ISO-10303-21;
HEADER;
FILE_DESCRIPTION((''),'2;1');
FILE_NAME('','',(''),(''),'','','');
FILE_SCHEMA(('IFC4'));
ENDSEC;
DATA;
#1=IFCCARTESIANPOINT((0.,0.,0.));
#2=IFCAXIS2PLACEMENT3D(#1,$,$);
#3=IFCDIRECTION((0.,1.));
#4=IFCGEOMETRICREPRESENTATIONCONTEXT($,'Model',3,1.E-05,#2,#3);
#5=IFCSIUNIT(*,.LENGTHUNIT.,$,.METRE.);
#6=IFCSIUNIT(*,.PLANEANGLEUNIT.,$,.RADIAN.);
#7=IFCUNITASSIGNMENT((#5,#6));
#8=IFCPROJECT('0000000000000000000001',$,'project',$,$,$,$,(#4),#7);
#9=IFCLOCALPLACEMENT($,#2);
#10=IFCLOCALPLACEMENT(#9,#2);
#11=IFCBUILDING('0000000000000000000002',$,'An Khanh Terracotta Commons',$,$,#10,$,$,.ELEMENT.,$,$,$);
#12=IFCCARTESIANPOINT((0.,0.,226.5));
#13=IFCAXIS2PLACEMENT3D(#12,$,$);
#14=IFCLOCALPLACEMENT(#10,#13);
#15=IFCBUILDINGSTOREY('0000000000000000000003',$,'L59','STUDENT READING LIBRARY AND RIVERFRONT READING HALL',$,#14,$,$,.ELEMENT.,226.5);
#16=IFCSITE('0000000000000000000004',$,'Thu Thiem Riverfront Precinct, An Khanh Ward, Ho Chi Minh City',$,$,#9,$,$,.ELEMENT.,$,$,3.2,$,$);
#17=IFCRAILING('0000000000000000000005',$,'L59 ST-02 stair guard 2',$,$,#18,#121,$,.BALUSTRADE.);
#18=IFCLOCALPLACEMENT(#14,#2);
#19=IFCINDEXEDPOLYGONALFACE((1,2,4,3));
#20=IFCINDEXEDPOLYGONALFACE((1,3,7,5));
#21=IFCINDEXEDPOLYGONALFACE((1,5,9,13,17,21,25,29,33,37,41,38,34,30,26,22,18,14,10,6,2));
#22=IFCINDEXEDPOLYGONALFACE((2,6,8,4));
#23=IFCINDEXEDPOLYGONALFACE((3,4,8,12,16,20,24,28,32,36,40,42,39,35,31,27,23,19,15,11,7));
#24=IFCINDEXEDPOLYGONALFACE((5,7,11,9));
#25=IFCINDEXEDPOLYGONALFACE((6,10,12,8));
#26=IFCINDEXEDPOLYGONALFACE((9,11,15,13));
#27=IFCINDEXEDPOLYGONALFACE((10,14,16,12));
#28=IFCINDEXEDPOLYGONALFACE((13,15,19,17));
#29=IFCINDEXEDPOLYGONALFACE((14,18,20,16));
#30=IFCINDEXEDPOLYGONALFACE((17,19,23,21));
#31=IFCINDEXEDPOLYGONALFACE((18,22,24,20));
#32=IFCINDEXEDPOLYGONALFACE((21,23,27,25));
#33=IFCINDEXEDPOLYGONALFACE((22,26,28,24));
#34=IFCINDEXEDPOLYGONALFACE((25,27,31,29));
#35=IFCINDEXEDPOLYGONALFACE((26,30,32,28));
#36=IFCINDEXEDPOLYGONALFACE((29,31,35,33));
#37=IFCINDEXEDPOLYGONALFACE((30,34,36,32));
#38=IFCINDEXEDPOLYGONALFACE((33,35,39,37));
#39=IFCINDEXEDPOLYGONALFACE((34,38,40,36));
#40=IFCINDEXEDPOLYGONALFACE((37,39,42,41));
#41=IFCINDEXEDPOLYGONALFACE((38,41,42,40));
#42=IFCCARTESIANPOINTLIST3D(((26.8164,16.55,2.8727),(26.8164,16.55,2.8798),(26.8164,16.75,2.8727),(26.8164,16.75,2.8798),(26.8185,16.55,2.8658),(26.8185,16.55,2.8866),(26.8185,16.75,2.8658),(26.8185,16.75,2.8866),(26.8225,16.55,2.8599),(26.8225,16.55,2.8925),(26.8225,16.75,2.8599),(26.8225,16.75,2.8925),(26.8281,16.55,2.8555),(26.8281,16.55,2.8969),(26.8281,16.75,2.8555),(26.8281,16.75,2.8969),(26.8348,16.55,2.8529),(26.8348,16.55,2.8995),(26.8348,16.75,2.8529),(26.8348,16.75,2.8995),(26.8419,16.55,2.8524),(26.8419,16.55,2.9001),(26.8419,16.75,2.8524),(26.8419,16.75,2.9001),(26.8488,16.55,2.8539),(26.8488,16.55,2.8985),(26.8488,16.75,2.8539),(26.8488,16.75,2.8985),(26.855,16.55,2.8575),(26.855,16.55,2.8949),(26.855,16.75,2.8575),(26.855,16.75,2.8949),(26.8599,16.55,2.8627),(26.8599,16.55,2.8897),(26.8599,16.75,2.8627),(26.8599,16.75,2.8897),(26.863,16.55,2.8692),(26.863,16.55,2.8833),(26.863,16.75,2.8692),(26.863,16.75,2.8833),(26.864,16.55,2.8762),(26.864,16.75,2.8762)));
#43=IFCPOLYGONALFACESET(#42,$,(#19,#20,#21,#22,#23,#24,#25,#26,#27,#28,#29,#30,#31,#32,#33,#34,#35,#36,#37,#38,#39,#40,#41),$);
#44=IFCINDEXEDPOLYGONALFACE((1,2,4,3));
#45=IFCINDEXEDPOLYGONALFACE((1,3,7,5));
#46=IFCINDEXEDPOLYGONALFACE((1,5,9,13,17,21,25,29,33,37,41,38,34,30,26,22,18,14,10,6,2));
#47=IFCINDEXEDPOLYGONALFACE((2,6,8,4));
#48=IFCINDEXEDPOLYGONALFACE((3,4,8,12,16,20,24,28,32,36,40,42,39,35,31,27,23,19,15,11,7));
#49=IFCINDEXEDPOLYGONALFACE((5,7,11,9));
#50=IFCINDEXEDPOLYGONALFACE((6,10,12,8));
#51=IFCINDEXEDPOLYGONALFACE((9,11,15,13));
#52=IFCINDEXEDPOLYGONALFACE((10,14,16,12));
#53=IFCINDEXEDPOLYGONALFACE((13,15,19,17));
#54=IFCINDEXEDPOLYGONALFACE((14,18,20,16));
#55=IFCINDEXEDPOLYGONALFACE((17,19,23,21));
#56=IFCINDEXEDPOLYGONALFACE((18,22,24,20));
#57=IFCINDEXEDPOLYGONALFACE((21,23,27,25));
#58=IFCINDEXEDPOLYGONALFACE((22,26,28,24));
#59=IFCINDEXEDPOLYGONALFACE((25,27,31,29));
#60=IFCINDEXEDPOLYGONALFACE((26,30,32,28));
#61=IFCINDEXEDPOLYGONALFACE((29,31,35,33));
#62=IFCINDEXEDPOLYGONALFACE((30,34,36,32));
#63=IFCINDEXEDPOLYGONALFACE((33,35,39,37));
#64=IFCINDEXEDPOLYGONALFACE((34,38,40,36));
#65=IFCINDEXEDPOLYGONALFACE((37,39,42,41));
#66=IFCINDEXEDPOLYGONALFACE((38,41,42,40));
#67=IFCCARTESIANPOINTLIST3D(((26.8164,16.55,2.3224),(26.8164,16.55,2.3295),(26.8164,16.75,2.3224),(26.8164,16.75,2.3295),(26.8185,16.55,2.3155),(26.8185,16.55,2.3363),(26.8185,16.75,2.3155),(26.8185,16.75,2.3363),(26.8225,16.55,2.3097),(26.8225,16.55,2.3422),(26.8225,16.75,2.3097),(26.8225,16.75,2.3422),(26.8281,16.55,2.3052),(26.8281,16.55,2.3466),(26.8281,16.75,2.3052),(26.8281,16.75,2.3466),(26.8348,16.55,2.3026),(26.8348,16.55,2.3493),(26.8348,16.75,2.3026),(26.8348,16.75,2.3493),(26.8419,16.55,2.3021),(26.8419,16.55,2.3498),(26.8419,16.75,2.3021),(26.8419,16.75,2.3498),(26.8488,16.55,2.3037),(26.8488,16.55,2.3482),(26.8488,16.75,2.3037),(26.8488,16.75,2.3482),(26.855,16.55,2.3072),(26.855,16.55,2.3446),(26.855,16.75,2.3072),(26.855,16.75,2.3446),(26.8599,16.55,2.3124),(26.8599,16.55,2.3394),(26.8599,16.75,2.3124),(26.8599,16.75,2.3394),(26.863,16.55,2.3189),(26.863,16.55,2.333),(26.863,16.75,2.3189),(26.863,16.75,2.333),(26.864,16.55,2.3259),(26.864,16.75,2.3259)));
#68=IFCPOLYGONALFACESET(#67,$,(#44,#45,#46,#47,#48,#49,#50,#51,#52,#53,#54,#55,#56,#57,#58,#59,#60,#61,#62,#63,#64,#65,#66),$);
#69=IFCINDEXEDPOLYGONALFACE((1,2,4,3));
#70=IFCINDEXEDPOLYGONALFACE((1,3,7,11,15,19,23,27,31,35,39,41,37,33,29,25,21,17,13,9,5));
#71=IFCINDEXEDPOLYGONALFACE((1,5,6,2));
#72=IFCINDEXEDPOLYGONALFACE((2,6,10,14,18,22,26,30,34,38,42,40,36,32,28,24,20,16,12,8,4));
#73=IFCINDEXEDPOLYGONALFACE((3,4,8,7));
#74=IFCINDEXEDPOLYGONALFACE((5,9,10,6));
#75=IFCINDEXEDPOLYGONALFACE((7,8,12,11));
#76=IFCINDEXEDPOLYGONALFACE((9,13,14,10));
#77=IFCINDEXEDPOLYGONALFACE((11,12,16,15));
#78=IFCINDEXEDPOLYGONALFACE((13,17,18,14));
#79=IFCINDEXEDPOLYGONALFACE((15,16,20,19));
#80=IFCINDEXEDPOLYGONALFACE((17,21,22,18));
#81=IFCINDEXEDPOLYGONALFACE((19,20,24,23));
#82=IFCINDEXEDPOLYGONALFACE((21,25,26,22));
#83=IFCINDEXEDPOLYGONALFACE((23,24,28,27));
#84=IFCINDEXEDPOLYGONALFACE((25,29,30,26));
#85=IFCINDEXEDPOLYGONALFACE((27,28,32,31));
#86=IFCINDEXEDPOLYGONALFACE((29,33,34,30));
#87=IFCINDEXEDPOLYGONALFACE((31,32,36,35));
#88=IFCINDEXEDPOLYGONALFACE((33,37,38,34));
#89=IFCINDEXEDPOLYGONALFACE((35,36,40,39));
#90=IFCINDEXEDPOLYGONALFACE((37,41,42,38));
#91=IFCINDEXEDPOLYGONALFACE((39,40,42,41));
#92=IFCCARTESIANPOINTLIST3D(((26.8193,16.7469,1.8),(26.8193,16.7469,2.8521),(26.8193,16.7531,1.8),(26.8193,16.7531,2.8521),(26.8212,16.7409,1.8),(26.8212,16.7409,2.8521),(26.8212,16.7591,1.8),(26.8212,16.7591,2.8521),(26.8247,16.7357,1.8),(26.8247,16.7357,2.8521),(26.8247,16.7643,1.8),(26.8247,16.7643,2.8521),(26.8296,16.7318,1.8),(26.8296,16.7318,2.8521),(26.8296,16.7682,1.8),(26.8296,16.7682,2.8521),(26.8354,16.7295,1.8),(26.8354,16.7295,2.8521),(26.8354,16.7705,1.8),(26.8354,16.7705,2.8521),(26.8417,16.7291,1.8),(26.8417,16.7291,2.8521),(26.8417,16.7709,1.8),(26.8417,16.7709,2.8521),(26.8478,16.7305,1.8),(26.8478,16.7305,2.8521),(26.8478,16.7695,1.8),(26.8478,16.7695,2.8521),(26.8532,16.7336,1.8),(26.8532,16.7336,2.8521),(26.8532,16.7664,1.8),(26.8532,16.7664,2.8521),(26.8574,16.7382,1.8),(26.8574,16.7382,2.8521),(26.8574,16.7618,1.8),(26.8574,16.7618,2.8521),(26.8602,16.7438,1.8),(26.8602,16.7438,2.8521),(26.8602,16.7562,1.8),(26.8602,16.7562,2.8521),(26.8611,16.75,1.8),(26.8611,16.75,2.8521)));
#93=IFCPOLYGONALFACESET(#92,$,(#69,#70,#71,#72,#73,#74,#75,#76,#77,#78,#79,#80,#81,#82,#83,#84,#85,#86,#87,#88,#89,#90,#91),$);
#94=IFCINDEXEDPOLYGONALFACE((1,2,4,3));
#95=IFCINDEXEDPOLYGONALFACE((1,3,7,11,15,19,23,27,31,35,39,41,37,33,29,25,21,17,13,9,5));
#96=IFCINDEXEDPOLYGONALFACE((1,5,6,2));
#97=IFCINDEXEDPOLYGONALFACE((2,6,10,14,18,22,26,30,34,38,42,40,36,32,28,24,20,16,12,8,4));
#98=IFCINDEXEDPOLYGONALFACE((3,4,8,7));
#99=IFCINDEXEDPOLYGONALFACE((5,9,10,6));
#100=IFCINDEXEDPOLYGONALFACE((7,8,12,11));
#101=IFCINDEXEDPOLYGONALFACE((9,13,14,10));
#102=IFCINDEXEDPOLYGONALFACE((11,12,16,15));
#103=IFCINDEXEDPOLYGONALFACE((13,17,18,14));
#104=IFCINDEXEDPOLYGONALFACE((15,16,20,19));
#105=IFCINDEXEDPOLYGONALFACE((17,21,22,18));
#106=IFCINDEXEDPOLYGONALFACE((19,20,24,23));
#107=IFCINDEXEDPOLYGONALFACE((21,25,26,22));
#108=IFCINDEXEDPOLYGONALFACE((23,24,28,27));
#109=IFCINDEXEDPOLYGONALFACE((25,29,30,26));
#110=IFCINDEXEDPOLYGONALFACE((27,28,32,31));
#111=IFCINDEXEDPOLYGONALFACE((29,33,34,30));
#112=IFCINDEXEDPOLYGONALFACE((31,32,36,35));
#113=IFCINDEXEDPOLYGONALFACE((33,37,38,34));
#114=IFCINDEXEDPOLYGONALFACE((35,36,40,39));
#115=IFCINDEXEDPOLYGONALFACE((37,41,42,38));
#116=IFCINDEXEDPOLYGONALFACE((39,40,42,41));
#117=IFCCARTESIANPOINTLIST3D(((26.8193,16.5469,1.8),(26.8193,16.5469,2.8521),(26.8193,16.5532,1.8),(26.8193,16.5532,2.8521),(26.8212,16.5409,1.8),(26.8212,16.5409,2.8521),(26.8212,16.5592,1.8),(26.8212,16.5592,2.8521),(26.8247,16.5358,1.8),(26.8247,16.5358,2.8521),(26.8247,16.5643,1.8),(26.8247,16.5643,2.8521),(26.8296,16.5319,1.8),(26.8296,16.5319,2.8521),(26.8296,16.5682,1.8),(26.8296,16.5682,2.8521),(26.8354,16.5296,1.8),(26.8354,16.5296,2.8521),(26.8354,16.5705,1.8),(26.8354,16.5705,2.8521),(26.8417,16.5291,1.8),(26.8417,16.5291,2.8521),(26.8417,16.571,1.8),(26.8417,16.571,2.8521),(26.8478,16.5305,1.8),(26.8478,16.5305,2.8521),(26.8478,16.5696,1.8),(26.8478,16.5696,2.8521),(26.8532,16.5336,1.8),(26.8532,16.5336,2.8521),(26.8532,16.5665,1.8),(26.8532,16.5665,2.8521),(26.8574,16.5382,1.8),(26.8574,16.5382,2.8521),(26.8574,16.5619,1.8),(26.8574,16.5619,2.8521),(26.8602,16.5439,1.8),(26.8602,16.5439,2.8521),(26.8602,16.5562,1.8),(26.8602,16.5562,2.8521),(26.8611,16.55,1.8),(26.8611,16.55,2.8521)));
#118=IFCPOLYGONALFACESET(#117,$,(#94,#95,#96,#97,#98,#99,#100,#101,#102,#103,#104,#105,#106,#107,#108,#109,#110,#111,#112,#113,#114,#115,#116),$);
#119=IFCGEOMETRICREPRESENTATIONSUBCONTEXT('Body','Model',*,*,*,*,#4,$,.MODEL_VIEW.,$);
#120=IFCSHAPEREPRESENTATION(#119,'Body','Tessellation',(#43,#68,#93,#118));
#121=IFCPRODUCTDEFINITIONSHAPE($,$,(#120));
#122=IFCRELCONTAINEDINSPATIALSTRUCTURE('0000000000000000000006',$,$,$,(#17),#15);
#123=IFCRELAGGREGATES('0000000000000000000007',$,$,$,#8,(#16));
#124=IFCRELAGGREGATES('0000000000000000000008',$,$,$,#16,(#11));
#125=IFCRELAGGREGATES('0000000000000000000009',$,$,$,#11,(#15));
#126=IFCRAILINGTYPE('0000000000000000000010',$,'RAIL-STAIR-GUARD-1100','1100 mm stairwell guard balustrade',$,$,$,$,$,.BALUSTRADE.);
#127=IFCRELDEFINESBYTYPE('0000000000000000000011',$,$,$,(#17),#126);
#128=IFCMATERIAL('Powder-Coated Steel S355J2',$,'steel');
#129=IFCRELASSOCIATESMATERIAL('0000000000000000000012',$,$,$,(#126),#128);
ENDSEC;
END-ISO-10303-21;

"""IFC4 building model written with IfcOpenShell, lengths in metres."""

from ifc_helpers import new_model, si_unit, direction, frame, origin, origin_2d, place, context, subcontext, project, spatial, circle, extrude, material, type_object, element, save


model = new_model("IFC4")

# Units and contexts
model_context = context("Model", 3, precision=1e-05, world=origin(), true_north=direction((0.0, 1.0)))
body_context = subcontext(model_context, "Body", "Model", "MODEL_VIEW")
ifc_project = project(units=[si_unit("LENGTHUNIT", "METRE"), si_unit("PLANEANGLEUNIT", "RADIAN")], contexts=[model_context])

# Site, building, storey
site_placement = place(None, origin())
site = spatial("IfcSite", under=ifc_project, at=site_placement, Name="Thu Thiem Riverfront Precinct, An Khanh Ward, Ho Chi Minh City", CompositionType="ELEMENT", RefElevation=3.2)
building_placement = place(site_placement, origin())
building = spatial("IfcBuilding", under=site, at=building_placement, Name="An Khanh Terracotta Commons", CompositionType="ELEMENT")
storey_placement = place(building_placement, frame((0.0, 0.0, 226.5)))
storey = spatial("IfcBuildingStorey", under=building, at=storey_placement, Name="L59", Description="STUDENT READING LIBRARY AND RIVERFRONT READING HALL", CompositionType="ELEMENT", Elevation=226.5)

# Railing
ifc_material_1 = material(Name="Powder-Coated Steel S355J2", Category="steel")
railing_type_1 = type_object("IfcRailingType", Name="RAIL-STAIR-GUARD-1100", Description="1100 mm stairwell guard balustrade", PredefinedType="BALUSTRADE", material=ifc_material_1)
railing_1_placement = place(storey_placement, frame((26.8401, 16.75, 1.8)))
element("IfcRailing", 1, at=railing_1_placement, inside=storey, type_object=railing_type_1, Name="L59 ST-02 stair guard 2", PredefinedType="BALUSTRADE", context=body_context, shape_type="SweptSolid", body=[
    extrude(circle(Radius=0.0239, at=origin_2d()), frame((0.0, 0.0, 1.0762), z_axis=(0.0, -1.0, 0.0), x_axis=(1.0, 0.0, 0.0)), (0.0, 0.0, 1.0), 0.2),
    extrude(circle(Radius=0.0239, at=origin_2d()), frame((0.0, 0.0, 0.5259), z_axis=(0.0, -1.0, 0.0), x_axis=(1.0, 0.0, 0.0)), (0.0, 0.0, 1.0), 0.2),
    extrude(circle(Radius=0.021, at=origin_2d()), origin(), (0.0, 0.0, 1.0), 1.052),
    extrude(circle(Radius=0.021, at=origin_2d()), frame((0.0, -0.2, 0.0)), (0.0, 0.0, 1.0), 1.052),
])

save(model, "model.ifc")
